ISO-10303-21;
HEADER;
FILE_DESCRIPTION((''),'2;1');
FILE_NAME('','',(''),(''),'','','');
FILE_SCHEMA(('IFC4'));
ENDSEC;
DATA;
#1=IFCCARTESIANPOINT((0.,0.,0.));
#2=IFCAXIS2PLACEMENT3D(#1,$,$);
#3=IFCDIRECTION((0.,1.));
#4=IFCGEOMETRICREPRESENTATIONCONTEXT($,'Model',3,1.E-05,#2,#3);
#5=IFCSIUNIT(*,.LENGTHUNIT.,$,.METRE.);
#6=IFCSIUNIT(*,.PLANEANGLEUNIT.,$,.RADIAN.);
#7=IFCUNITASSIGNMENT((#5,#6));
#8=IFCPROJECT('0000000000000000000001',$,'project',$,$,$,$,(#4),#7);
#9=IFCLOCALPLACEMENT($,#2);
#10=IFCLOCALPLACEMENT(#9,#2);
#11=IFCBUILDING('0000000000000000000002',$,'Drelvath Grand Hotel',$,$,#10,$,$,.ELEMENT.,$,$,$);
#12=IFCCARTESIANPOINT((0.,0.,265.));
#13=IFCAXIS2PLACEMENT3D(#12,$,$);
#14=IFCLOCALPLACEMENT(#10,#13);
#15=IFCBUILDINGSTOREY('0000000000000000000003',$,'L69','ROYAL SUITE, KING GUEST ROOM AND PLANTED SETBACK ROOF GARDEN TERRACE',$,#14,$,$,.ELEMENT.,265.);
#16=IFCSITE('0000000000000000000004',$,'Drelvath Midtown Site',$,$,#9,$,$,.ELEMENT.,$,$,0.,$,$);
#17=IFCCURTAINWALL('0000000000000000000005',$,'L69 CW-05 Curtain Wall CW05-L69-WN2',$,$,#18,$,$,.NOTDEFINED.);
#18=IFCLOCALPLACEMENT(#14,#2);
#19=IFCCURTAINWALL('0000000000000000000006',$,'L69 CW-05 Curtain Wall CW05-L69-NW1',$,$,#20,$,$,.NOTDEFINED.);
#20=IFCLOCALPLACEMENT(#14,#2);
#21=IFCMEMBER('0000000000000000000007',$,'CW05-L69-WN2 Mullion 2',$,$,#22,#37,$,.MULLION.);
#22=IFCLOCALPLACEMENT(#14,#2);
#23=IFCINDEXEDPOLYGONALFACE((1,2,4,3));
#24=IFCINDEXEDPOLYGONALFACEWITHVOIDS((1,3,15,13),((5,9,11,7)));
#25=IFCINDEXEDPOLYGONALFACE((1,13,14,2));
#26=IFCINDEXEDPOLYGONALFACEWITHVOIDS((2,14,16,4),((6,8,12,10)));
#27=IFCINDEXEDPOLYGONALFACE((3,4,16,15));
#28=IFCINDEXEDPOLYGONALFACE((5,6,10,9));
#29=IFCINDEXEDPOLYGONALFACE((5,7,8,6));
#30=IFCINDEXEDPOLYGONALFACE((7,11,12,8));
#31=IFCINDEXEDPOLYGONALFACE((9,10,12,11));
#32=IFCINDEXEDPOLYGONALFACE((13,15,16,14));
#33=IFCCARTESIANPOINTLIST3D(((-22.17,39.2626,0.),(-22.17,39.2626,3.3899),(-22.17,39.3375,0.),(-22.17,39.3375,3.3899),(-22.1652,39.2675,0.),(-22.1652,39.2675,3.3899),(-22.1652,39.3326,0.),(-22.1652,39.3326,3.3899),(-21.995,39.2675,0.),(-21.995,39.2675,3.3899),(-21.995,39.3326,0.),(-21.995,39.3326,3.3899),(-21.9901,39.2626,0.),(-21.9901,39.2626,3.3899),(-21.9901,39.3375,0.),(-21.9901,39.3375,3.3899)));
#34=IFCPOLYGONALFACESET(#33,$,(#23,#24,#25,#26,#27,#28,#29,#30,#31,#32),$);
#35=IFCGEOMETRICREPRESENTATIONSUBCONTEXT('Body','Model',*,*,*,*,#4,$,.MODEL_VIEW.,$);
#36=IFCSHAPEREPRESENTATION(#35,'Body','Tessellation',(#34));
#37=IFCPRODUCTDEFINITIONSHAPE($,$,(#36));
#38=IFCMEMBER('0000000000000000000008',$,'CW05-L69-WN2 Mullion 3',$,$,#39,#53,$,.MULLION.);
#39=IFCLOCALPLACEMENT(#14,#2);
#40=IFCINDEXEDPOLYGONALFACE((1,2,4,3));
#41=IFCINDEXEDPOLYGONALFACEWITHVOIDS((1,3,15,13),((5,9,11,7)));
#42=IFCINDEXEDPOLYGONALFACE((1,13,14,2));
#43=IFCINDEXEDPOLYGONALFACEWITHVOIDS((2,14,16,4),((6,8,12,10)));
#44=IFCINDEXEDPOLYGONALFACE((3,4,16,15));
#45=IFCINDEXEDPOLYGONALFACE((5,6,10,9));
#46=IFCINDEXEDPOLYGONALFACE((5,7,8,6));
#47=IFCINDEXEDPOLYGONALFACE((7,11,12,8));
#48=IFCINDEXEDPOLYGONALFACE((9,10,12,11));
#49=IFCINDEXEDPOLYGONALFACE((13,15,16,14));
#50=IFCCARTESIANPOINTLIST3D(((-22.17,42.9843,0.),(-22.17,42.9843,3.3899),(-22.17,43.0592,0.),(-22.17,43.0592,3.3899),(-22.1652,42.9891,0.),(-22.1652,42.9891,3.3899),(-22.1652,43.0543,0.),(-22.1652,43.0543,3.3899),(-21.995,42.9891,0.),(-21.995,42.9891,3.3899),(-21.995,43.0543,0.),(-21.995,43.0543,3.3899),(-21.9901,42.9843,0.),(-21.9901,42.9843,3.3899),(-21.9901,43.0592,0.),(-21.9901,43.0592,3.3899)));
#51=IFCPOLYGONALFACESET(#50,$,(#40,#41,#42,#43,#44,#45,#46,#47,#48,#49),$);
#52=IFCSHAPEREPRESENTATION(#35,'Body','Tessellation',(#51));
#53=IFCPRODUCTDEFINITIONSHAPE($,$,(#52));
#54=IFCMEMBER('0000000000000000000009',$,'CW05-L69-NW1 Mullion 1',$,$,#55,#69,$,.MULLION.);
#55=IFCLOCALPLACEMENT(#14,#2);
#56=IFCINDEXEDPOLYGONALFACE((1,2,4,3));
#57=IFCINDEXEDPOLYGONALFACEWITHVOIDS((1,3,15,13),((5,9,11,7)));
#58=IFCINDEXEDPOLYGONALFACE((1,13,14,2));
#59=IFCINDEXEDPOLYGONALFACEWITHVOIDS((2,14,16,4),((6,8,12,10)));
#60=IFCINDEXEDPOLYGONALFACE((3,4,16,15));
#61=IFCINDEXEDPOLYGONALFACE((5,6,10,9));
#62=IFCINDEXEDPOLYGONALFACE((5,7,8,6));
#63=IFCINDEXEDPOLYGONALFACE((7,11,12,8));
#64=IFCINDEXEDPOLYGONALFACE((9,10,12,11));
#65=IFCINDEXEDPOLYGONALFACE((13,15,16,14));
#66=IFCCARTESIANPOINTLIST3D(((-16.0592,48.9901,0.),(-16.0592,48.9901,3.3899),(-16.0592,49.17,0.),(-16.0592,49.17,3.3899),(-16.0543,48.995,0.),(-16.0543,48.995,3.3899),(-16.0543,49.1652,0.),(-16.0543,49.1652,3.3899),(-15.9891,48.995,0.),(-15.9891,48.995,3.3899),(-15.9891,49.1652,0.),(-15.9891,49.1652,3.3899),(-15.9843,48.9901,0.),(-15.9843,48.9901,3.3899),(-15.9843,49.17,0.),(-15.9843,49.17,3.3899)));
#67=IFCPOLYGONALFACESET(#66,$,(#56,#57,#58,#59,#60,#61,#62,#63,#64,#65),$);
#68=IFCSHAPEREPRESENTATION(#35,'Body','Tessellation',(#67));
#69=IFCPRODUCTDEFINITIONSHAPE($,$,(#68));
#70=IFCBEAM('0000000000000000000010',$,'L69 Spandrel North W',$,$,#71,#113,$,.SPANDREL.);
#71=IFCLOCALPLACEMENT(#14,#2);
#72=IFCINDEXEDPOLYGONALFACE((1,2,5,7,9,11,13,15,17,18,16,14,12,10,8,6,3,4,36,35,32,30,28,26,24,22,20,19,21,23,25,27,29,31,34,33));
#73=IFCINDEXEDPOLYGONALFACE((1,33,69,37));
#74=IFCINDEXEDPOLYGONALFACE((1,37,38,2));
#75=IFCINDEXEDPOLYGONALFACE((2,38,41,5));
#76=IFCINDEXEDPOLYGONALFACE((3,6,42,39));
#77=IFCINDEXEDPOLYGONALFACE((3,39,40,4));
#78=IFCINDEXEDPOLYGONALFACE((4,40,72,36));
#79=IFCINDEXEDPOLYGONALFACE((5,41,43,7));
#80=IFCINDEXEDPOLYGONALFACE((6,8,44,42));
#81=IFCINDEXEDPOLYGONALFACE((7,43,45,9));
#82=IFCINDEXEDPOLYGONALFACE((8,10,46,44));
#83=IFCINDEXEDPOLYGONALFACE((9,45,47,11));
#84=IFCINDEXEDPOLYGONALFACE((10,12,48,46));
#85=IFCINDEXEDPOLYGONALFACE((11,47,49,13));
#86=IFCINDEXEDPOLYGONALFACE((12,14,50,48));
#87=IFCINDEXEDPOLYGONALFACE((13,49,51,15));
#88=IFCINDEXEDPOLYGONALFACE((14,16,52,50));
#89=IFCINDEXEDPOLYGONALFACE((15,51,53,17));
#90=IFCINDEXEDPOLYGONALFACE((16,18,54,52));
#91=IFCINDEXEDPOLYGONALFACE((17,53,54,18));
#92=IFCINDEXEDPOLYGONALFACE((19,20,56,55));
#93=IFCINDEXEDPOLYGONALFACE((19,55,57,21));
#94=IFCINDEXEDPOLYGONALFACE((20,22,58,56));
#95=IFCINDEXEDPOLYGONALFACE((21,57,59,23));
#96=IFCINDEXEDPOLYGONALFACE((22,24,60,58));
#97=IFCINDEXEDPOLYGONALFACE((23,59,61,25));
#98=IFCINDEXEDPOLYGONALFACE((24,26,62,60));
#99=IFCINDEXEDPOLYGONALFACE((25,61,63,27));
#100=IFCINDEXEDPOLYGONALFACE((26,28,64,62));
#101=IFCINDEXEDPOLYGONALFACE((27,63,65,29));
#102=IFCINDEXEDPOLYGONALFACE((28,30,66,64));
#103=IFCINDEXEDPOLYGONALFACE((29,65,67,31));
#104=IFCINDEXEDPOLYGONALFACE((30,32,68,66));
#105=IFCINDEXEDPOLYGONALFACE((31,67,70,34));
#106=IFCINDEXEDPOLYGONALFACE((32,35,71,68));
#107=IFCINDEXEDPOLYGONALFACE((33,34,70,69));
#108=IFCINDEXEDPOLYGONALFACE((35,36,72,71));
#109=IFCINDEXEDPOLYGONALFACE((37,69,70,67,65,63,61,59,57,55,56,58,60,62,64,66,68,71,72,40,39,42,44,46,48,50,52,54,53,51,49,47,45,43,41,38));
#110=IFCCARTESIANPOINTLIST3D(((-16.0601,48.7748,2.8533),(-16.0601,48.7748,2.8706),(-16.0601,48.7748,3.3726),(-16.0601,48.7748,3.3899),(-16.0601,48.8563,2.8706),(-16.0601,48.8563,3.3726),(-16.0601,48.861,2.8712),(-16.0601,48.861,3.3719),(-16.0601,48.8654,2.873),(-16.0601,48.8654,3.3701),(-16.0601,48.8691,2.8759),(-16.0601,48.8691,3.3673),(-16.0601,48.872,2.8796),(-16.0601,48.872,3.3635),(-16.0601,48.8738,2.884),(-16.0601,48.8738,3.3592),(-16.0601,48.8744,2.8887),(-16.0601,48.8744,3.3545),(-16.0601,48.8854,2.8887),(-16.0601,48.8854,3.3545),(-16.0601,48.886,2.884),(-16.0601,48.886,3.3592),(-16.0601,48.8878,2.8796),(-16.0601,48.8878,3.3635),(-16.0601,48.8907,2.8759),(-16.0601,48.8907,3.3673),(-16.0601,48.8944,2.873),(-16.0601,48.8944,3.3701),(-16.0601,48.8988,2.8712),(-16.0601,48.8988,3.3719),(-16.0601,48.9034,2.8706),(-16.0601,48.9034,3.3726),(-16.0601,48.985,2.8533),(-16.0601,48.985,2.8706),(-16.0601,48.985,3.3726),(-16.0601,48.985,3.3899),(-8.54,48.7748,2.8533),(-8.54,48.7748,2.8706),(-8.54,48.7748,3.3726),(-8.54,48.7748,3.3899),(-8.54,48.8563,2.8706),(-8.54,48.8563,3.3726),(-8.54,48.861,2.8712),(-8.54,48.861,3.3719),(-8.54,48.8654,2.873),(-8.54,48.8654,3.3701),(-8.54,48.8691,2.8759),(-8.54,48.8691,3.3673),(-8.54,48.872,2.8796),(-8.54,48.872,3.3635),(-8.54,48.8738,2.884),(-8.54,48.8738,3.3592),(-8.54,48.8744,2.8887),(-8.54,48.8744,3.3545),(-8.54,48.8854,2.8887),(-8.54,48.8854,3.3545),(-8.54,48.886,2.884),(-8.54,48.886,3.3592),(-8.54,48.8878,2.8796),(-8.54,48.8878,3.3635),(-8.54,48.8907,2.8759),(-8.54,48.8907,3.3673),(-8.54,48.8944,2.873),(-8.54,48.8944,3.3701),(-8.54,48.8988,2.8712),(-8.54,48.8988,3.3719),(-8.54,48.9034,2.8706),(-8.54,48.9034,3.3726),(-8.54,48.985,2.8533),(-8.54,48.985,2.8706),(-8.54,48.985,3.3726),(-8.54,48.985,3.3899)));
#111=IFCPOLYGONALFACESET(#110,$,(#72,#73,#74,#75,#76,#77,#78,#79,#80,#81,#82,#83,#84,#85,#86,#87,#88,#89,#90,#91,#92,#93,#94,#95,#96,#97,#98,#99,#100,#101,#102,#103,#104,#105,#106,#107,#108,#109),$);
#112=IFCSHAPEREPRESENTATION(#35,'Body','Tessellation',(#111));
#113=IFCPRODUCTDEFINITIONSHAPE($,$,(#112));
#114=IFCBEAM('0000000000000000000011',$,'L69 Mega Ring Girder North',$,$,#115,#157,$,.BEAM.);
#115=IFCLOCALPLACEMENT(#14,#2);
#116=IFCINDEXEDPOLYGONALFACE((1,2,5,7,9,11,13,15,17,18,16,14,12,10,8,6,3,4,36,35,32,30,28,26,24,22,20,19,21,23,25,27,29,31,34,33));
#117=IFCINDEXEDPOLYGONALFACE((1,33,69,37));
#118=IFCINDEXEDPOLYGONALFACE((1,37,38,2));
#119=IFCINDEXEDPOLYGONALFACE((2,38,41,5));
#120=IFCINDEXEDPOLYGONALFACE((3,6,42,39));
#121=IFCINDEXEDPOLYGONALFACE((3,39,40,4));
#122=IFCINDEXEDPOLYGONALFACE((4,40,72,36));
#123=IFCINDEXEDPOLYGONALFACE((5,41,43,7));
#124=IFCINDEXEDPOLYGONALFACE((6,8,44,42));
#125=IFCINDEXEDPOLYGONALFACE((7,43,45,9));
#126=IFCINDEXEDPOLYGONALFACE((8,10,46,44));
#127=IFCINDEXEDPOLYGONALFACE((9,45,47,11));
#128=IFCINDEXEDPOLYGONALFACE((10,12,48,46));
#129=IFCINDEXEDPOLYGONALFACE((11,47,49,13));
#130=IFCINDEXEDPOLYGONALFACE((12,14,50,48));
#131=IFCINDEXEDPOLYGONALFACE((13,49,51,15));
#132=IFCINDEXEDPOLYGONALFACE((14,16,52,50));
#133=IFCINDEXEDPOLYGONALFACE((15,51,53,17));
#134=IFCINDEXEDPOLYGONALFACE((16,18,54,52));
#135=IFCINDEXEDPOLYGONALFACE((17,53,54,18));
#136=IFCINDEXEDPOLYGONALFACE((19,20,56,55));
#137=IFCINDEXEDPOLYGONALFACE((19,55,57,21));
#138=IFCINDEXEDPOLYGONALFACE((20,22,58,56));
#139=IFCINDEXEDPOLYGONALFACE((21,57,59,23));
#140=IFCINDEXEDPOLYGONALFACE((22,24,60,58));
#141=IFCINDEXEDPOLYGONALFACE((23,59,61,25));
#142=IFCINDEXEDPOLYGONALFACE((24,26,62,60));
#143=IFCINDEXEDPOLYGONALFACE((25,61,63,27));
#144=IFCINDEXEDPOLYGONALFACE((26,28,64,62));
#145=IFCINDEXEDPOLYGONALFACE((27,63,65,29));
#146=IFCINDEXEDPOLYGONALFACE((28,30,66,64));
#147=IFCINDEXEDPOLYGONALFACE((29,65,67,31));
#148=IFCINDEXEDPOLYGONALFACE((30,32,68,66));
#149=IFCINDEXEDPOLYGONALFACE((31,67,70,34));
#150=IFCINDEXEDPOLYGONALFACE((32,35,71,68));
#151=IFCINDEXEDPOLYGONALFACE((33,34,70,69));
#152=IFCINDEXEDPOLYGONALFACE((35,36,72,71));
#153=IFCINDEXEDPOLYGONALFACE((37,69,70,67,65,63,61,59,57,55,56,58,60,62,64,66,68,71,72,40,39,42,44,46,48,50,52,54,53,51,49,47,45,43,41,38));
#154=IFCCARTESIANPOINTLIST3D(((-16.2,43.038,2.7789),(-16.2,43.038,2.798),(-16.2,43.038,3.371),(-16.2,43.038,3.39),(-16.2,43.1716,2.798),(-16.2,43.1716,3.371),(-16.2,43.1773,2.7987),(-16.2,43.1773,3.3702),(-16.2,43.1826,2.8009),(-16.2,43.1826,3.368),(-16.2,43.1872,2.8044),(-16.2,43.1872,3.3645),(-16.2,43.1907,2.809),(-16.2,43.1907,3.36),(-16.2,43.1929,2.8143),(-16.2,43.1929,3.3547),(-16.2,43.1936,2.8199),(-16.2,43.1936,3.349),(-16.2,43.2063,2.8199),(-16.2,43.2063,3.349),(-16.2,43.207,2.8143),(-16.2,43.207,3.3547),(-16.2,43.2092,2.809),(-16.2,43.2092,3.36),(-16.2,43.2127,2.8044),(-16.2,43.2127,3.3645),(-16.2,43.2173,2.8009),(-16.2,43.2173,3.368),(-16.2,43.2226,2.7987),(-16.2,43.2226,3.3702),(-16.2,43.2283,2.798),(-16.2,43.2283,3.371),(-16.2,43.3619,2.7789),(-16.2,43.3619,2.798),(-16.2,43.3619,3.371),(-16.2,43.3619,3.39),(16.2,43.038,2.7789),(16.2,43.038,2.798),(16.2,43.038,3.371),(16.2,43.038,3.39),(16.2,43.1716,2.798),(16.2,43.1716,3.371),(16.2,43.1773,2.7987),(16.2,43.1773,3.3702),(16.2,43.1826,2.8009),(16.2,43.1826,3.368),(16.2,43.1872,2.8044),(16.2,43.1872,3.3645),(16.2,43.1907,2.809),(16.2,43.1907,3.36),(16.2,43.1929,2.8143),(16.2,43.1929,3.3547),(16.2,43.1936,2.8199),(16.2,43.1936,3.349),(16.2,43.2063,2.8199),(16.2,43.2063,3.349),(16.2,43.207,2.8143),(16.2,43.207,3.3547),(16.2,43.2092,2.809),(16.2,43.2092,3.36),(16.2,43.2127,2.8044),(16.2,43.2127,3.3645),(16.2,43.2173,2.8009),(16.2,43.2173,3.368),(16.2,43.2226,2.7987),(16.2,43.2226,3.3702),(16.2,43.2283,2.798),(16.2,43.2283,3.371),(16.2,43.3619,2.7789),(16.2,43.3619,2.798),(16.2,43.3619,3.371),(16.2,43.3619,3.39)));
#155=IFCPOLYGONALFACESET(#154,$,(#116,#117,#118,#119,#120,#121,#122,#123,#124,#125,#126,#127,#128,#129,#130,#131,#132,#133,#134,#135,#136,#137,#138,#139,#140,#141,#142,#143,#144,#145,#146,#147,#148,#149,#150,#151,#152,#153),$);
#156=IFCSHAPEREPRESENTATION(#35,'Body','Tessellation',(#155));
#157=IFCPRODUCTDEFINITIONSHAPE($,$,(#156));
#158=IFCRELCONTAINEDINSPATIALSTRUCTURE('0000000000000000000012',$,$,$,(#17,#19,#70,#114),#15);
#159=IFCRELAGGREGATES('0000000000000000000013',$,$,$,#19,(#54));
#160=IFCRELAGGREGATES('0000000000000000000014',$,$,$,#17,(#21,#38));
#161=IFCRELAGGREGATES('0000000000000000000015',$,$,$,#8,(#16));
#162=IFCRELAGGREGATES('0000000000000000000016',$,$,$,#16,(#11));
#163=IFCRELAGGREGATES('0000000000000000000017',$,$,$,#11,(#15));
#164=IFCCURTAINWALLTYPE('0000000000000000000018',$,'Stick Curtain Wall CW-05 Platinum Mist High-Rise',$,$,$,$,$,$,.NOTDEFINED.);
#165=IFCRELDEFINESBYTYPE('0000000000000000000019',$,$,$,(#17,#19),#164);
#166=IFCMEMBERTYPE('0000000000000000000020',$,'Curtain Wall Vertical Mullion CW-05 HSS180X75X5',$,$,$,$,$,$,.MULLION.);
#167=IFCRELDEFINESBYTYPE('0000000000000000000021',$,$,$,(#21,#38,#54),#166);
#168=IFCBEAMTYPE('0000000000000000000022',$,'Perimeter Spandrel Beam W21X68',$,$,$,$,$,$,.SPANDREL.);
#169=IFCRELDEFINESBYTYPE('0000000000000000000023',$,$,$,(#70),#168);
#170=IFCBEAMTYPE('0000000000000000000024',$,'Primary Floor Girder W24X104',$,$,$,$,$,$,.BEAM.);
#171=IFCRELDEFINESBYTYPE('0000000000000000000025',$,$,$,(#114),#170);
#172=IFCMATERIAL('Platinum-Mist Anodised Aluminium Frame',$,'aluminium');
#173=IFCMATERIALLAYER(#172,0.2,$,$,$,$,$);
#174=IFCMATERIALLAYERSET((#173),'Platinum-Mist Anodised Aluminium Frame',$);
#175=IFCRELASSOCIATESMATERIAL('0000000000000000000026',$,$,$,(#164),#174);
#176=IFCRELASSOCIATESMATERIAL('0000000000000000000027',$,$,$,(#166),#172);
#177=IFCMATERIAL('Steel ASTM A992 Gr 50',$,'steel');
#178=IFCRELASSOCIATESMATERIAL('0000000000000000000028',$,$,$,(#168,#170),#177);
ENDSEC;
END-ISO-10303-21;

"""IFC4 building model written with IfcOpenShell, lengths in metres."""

from ifc_helpers import new_model, si_unit, direction, frame, origin, origin_2d, place, context, subcontext, project, spatial, hollow_rectangle, i_section, extrude, material, layer, layer_set, material_profile, profile_set, type_object, element, aggregate, save


model = new_model("IFC4")

# Units and contexts
model_context = context("Model", 3, precision=1e-05, world=origin(), true_north=direction((0.0, 1.0)))
body_context = subcontext(model_context, "Body", "Model", "MODEL_VIEW")
ifc_project = project(units=[si_unit("LENGTHUNIT", "METRE"), si_unit("PLANEANGLEUNIT", "RADIAN")], contexts=[model_context])

# Site, building, storey
site_placement = place(None, origin())
site = spatial("IfcSite", under=ifc_project, at=site_placement, Name="Drelvath Midtown Site", CompositionType="ELEMENT", RefElevation=0.0)
building_placement = place(site_placement, origin())
building = spatial("IfcBuilding", under=site, at=building_placement, Name="Drelvath Grand Hotel", CompositionType="ELEMENT")
storey_placement = place(building_placement, frame((0.0, 0.0, 265.0)))
storey = spatial("IfcBuildingStorey", under=building, at=storey_placement, Name="L69", Description="ROYAL SUITE, KING GUEST ROOM AND PLANTED SETBACK ROOF GARDEN TERRACE", CompositionType="ELEMENT", Elevation=265.0)

# Shared definitions
ifc_material_1 = material(Name="Steel ASTM A992 Gr 50", Category="steel")

# Curtain walls
ifc_material_2 = material(Name="Platinum-Mist Anodised Aluminium Frame", Category="aluminium")
ifc_layer_1 = layer(ifc_material_2, 0.2)
ifc_layer_set_1 = layer_set([ifc_layer_1], Name="Platinum-Mist Anodised Aluminium Frame")
curtain_wall_type = type_object("IfcCurtainWallType", Name="Stick Curtain Wall CW-05 Platinum Mist High-Rise", PredefinedType="NOTDEFINED", material=ifc_layer_set_1)
curtain_wall_1_placement = place(storey_placement, origin())
curtain_wall_1 = element("IfcCurtainWall", 1, at=curtain_wall_1_placement, inside=storey, type_object=curtain_wall_type, Name="L69 CW-05 Curtain Wall CW05-L69-WN2", PredefinedType="NOTDEFINED")
curtain_wall_2_placement = place(storey_placement, origin())
curtain_wall_2 = element("IfcCurtainWall", 2, at=curtain_wall_2_placement, inside=storey, type_object=curtain_wall_type, Name="L69 CW-05 Curtain Wall CW05-L69-NW1", PredefinedType="NOTDEFINED")

# Members
ifc_material_profile_1 = material_profile(ifc_material_2, hollow_rectangle(XDim=0.075, YDim=0.1799, WallThickness=0.0049, at=origin_2d()), Name="HSS180X75X5")
ifc_profile_set_1 = profile_set([ifc_material_profile_1], Name="Platinum-Mist Anodised Aluminium Frame")
member_type_1 = type_object("IfcMemberType", Name="Curtain Wall Vertical Mullion CW-05 HSS180X75X5", PredefinedType="MULLION", material=ifc_profile_set_1)
member_1_placement = place(storey_placement, frame((-22.0801, 39.3, 0.0), z_axis=(0.0, 0.0, 1.0), x_axis=(0.0, 1.0, 0.0)))
member_1 = element("IfcMember", 3, at=member_1_placement, type_object=member_type_1, Name="CW05-L69-WN2 Mullion 2", PredefinedType="MULLION", context=body_context, shape_type="SweptSolid", body=[
    extrude(hollow_rectangle(XDim=0.075, YDim=0.1799, WallThickness=0.0049, at=origin_2d()), origin(), (0.0, 0.0, 1.0), 3.3899),
])
member_2_placement = place(storey_placement, frame((-22.0801, 43.0217, 0.0), z_axis=(0.0, 0.0, 1.0), x_axis=(0.0, 1.0, 0.0)))
member_2 = element("IfcMember", 4, at=member_2_placement, type_object=member_type_1, Name="CW05-L69-WN2 Mullion 3", PredefinedType="MULLION", context=body_context, shape_type="SweptSolid", body=[
    extrude(hollow_rectangle(XDim=0.075, YDim=0.1799, WallThickness=0.0049, at=origin_2d()), origin(), (0.0, 0.0, 1.0), 3.3899),
])
member_3_placement = place(storey_placement, frame((-16.0217, 49.0801, 0.0), z_axis=(0.0, 0.0, 1.0), x_axis=(1.0, 0.0, 0.0)))
member_3 = element("IfcMember", 5, at=member_3_placement, type_object=member_type_1, Name="CW05-L69-NW1 Mullion 1", PredefinedType="MULLION", context=body_context, shape_type="SweptSolid", body=[
    extrude(hollow_rectangle(XDim=0.075, YDim=0.1799, WallThickness=0.0049, at=origin_2d()), origin(), (0.0, 0.0, 1.0), 3.3899),
])
aggregate(curtain_wall_2, [member_3])

# Beams
ifc_material_profile_2 = material_profile(ifc_material_1, i_section(OverallWidth=0.2102, OverallDepth=0.5366, WebThickness=0.011, FlangeThickness=0.0173, FilletRadius=0.0181, at=origin_2d()), Name="W21X68")
ifc_profile_set_2 = profile_set([ifc_material_profile_2], Name="Steel ASTM A992 Gr 50")
beam_type_1 = type_object("IfcBeamType", Name="Perimeter Spandrel Beam W21X68", PredefinedType="SPANDREL", material=ifc_profile_set_2)
beam_1_placement = place(storey_placement, frame((-16.0601, 48.8799, 3.1216), z_axis=(1.0, 0.0, 0.0), x_axis=(0.0, 1.0, 0.0)))
element("IfcBeam", 6, at=beam_1_placement, inside=storey, type_object=beam_type_1, Name="L69 Spandrel North W", PredefinedType="SPANDREL", context=body_context, shape_type="SweptSolid", body=[
    extrude(i_section(OverallWidth=0.2102, OverallDepth=0.5366, WebThickness=0.011, FlangeThickness=0.0173, FilletRadius=0.0181, at=origin_2d()), origin(), (0.0, 0.0, 1.0), 7.52),
])
ifc_material_profile_3 = material_profile(ifc_material_1, i_section(OverallWidth=0.324, OverallDepth=0.6111, WebThickness=0.0127, FlangeThickness=0.019, FilletRadius=0.022, at=origin_2d()), Name="W24X104")
ifc_profile_set_3 = profile_set([ifc_material_profile_3], Name="Steel ASTM A992 Gr 50")
beam_type_2 = type_object("IfcBeamType", Name="Primary Floor Girder W24X104", PredefinedType="BEAM", material=ifc_profile_set_3)
beam_2_placement = place(storey_placement, frame((-16.2, 43.2, 3.0845), z_axis=(1.0, 0.0, 0.0), x_axis=(0.0, 1.0, 0.0)))
element("IfcBeam", 7, at=beam_2_placement, inside=storey, type_object=beam_type_2, Name="L69 Mega Ring Girder North", PredefinedType="BEAM", context=body_context, shape_type="SweptSolid", body=[
    extrude(i_section(OverallWidth=0.324, OverallDepth=0.6111, WebThickness=0.0127, FlangeThickness=0.019, FilletRadius=0.022, at=origin_2d()), origin(), (0.0, 0.0, 1.0), 32.3999),
])

aggregate(curtain_wall_1, [member_1, member_2])

save(model, "model.ifc")
